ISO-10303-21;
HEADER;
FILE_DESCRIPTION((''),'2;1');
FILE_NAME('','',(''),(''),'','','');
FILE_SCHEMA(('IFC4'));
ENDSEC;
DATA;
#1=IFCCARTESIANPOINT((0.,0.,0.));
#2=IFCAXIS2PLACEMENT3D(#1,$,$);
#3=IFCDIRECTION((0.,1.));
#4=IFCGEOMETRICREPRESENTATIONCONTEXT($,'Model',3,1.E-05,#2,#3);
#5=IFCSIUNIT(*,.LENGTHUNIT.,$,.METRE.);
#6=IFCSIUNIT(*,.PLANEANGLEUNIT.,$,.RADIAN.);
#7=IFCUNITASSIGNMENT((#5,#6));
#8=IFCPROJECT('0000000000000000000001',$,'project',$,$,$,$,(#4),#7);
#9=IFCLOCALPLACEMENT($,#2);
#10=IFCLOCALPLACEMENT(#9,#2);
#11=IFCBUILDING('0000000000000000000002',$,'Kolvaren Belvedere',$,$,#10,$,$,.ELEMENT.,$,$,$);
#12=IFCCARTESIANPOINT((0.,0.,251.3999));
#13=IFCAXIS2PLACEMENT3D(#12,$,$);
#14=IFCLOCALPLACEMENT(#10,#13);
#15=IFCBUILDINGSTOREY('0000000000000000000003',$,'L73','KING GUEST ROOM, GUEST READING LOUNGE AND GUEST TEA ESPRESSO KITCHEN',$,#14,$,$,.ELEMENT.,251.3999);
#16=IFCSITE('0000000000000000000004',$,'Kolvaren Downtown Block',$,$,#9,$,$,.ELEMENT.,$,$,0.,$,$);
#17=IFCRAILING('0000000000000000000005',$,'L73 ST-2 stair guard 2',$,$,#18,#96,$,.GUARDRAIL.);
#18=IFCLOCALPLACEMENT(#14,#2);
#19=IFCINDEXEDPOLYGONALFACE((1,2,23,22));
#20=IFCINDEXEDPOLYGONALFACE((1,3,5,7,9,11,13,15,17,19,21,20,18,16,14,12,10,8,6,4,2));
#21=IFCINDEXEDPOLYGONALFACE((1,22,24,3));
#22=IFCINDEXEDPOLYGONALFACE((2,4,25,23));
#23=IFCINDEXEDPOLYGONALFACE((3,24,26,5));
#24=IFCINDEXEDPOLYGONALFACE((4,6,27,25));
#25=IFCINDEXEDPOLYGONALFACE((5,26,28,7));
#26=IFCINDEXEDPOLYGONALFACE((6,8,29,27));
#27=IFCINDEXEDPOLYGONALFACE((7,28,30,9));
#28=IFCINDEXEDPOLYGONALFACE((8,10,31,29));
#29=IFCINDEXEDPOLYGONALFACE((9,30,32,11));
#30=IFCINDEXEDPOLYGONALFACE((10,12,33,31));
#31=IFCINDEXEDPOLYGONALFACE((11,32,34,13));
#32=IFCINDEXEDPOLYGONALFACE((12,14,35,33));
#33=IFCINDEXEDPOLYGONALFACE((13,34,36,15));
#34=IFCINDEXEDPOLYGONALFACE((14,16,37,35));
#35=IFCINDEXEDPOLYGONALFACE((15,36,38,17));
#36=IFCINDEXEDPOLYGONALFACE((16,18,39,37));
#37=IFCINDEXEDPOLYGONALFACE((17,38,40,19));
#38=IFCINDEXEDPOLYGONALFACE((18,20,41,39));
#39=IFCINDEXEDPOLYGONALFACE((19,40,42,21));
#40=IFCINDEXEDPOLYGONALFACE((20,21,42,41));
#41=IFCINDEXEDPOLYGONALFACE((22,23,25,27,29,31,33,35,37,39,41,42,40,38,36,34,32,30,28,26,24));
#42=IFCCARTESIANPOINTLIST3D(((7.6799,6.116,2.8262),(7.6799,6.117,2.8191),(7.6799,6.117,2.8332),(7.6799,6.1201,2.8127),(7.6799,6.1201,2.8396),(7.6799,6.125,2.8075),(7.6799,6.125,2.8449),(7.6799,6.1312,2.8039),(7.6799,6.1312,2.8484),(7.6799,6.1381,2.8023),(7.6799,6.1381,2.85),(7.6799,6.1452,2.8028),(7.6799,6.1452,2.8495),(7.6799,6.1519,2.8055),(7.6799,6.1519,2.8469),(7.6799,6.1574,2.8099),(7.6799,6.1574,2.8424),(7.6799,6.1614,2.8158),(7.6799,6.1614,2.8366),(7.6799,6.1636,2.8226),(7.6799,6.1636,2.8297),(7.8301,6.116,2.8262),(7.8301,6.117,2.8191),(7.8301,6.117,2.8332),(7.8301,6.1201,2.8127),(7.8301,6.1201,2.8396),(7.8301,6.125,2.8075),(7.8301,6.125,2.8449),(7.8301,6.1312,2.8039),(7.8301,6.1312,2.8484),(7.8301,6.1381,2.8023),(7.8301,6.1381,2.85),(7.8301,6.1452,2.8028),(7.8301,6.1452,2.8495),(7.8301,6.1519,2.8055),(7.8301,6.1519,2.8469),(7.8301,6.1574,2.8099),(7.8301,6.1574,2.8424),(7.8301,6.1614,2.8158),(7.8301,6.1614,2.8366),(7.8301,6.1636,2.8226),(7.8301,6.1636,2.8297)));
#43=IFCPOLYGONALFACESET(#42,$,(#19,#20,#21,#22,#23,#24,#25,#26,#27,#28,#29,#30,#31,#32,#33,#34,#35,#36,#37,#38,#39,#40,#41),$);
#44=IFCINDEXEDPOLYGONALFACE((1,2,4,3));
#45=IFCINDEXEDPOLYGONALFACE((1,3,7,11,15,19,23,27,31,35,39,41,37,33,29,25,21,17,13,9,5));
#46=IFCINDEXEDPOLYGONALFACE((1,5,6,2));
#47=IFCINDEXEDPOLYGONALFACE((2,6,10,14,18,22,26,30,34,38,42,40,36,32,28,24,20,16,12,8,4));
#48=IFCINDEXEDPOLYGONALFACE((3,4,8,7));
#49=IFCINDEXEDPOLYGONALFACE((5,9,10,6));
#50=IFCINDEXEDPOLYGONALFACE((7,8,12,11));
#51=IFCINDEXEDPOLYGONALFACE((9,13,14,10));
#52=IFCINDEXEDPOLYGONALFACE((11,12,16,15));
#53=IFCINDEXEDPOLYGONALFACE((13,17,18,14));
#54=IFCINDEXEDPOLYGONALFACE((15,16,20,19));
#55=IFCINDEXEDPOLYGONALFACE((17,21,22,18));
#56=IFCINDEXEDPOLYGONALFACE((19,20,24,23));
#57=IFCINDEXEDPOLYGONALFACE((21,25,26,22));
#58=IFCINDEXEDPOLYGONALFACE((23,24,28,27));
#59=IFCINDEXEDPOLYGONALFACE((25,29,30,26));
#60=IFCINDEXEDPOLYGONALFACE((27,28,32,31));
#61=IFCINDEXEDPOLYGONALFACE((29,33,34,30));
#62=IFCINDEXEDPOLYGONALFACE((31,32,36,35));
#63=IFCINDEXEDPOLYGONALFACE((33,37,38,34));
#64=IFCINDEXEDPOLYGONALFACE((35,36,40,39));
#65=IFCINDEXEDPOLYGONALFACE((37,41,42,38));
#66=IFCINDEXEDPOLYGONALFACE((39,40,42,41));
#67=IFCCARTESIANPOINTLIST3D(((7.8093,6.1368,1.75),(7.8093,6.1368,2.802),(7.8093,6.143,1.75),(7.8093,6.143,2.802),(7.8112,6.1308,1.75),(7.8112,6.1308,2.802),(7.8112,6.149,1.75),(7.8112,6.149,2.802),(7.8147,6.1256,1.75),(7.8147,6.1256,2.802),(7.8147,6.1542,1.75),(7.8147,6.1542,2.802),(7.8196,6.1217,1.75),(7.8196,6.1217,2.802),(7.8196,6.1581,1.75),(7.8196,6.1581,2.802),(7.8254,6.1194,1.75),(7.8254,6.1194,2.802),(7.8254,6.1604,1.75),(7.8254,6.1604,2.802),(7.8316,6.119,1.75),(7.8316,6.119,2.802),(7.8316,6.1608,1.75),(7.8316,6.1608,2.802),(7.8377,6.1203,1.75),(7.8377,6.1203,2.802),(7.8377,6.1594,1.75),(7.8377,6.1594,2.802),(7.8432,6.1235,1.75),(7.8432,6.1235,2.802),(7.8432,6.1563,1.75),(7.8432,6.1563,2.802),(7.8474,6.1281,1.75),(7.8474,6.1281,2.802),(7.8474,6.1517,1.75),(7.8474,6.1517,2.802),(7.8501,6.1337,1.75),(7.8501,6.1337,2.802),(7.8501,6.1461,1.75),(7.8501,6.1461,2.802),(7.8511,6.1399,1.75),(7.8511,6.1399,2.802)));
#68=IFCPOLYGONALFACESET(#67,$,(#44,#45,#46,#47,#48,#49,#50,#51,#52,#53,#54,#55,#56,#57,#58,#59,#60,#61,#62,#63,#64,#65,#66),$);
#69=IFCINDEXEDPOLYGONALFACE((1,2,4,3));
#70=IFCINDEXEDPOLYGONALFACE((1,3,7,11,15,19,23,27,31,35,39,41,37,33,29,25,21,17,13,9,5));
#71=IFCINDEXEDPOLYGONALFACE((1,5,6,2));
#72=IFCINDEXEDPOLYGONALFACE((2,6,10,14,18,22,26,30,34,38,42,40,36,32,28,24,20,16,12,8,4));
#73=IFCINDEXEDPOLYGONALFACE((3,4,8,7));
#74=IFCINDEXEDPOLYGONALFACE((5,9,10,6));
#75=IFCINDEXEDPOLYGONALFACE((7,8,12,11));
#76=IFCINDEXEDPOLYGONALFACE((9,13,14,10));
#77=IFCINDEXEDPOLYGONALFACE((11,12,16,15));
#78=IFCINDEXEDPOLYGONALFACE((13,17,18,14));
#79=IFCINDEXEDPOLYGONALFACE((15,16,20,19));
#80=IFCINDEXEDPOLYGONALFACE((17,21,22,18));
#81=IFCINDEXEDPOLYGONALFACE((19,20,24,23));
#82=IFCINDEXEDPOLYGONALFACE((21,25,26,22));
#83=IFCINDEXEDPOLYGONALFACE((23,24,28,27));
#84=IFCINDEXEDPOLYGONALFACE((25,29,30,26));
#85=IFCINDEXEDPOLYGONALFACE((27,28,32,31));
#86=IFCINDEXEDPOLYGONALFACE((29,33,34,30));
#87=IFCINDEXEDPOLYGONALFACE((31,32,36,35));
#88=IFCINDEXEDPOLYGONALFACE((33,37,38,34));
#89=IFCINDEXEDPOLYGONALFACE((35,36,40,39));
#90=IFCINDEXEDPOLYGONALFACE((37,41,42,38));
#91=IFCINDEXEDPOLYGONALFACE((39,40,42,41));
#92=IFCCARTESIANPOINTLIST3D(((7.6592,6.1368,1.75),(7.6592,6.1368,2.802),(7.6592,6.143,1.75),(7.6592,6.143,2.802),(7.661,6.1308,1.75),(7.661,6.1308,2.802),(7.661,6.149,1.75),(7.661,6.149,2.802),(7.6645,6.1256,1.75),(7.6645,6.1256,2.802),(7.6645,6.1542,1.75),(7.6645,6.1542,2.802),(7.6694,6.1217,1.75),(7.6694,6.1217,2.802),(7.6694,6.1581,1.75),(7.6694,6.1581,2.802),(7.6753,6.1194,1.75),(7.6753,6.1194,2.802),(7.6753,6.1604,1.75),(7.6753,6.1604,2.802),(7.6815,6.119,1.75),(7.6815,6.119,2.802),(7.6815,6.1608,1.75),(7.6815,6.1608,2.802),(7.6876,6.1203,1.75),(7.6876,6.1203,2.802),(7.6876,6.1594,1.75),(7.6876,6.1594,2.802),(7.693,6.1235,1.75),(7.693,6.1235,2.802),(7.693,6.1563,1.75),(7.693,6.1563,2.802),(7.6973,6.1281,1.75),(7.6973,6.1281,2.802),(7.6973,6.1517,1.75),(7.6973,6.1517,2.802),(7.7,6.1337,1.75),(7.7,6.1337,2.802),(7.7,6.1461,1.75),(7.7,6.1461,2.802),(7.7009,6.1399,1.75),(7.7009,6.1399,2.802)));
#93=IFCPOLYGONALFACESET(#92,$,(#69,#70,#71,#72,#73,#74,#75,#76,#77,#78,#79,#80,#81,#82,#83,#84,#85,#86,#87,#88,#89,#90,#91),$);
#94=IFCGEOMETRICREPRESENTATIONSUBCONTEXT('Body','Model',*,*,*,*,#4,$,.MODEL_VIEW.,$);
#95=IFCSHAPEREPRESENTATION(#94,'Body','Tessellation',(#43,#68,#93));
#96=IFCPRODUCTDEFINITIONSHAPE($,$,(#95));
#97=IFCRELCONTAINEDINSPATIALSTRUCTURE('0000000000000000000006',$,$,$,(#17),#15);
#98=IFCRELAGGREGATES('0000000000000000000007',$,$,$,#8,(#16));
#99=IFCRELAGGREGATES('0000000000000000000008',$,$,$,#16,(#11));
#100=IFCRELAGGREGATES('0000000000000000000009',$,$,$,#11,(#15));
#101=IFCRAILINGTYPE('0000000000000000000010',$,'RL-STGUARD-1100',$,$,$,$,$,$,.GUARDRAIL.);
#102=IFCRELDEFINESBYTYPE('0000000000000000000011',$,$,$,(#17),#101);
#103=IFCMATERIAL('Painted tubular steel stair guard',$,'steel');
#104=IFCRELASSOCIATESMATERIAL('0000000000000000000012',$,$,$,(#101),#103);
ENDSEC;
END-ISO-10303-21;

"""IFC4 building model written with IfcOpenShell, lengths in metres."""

from ifc_helpers import new_model, si_unit, direction, frame, origin, origin_2d, place, context, subcontext, project, spatial, circle, extrude, material, type_object, element, save


model = new_model("IFC4")

# Units and contexts
model_context = context("Model", 3, precision=1e-05, world=origin(), true_north=direction((0.0, 1.0)))
body_context = subcontext(model_context, "Body", "Model", "MODEL_VIEW")
ifc_project = project(units=[si_unit("LENGTHUNIT", "METRE"), si_unit("PLANEANGLEUNIT", "RADIAN")], contexts=[model_context])

# Site, building, storey
site_placement = place(None, origin())
site = spatial("IfcSite", under=ifc_project, at=site_placement, Name="Kolvaren Downtown Block", CompositionType="ELEMENT", RefElevation=0.0)
building_placement = place(site_placement, origin())
building = spatial("IfcBuilding", under=site, at=building_placement, Name="Kolvaren Belvedere", CompositionType="ELEMENT")
storey_placement = place(building_placement, frame((0.0, 0.0, 251.3999)))
storey = spatial("IfcBuildingStorey", under=building, at=storey_placement, Name="L73", Description="KING GUEST ROOM, GUEST READING LOUNGE AND GUEST TEA ESPRESSO KITCHEN", CompositionType="ELEMENT", Elevation=251.3999)

# Railing
ifc_material_1 = material(Name="Painted tubular steel stair guard", Category="steel")
railing_type_1 = type_object("IfcRailingType", Name="RL-STGUARD-1100", PredefinedType="GUARDRAIL", material=ifc_material_1)
railing_1_placement = place(storey_placement, frame((7.8301, 6.1399, 1.75)))
element("IfcRailing", 1, at=railing_1_placement, inside=storey, type_object=railing_type_1, Name="L73 ST-2 stair guard 2", PredefinedType="GUARDRAIL", context=body_context, shape_type="SweptSolid", body=[
    extrude(circle(Radius=0.0239, at=origin_2d()), frame((0.0, 0.0, 1.0762), z_axis=(-1.0, 0.0, 0.0), x_axis=(0.0, -1.0, 0.0)), (0.0, 0.0, 1.0), 0.1501),
    extrude(circle(Radius=0.021, at=origin_2d()), origin(), (0.0, 0.0, 1.0), 1.052),
    extrude(circle(Radius=0.021, at=origin_2d()), frame((-0.1501, 0.0, 0.0)), (0.0, 0.0, 1.0), 1.052),
])

save(model, "model.ifc")
